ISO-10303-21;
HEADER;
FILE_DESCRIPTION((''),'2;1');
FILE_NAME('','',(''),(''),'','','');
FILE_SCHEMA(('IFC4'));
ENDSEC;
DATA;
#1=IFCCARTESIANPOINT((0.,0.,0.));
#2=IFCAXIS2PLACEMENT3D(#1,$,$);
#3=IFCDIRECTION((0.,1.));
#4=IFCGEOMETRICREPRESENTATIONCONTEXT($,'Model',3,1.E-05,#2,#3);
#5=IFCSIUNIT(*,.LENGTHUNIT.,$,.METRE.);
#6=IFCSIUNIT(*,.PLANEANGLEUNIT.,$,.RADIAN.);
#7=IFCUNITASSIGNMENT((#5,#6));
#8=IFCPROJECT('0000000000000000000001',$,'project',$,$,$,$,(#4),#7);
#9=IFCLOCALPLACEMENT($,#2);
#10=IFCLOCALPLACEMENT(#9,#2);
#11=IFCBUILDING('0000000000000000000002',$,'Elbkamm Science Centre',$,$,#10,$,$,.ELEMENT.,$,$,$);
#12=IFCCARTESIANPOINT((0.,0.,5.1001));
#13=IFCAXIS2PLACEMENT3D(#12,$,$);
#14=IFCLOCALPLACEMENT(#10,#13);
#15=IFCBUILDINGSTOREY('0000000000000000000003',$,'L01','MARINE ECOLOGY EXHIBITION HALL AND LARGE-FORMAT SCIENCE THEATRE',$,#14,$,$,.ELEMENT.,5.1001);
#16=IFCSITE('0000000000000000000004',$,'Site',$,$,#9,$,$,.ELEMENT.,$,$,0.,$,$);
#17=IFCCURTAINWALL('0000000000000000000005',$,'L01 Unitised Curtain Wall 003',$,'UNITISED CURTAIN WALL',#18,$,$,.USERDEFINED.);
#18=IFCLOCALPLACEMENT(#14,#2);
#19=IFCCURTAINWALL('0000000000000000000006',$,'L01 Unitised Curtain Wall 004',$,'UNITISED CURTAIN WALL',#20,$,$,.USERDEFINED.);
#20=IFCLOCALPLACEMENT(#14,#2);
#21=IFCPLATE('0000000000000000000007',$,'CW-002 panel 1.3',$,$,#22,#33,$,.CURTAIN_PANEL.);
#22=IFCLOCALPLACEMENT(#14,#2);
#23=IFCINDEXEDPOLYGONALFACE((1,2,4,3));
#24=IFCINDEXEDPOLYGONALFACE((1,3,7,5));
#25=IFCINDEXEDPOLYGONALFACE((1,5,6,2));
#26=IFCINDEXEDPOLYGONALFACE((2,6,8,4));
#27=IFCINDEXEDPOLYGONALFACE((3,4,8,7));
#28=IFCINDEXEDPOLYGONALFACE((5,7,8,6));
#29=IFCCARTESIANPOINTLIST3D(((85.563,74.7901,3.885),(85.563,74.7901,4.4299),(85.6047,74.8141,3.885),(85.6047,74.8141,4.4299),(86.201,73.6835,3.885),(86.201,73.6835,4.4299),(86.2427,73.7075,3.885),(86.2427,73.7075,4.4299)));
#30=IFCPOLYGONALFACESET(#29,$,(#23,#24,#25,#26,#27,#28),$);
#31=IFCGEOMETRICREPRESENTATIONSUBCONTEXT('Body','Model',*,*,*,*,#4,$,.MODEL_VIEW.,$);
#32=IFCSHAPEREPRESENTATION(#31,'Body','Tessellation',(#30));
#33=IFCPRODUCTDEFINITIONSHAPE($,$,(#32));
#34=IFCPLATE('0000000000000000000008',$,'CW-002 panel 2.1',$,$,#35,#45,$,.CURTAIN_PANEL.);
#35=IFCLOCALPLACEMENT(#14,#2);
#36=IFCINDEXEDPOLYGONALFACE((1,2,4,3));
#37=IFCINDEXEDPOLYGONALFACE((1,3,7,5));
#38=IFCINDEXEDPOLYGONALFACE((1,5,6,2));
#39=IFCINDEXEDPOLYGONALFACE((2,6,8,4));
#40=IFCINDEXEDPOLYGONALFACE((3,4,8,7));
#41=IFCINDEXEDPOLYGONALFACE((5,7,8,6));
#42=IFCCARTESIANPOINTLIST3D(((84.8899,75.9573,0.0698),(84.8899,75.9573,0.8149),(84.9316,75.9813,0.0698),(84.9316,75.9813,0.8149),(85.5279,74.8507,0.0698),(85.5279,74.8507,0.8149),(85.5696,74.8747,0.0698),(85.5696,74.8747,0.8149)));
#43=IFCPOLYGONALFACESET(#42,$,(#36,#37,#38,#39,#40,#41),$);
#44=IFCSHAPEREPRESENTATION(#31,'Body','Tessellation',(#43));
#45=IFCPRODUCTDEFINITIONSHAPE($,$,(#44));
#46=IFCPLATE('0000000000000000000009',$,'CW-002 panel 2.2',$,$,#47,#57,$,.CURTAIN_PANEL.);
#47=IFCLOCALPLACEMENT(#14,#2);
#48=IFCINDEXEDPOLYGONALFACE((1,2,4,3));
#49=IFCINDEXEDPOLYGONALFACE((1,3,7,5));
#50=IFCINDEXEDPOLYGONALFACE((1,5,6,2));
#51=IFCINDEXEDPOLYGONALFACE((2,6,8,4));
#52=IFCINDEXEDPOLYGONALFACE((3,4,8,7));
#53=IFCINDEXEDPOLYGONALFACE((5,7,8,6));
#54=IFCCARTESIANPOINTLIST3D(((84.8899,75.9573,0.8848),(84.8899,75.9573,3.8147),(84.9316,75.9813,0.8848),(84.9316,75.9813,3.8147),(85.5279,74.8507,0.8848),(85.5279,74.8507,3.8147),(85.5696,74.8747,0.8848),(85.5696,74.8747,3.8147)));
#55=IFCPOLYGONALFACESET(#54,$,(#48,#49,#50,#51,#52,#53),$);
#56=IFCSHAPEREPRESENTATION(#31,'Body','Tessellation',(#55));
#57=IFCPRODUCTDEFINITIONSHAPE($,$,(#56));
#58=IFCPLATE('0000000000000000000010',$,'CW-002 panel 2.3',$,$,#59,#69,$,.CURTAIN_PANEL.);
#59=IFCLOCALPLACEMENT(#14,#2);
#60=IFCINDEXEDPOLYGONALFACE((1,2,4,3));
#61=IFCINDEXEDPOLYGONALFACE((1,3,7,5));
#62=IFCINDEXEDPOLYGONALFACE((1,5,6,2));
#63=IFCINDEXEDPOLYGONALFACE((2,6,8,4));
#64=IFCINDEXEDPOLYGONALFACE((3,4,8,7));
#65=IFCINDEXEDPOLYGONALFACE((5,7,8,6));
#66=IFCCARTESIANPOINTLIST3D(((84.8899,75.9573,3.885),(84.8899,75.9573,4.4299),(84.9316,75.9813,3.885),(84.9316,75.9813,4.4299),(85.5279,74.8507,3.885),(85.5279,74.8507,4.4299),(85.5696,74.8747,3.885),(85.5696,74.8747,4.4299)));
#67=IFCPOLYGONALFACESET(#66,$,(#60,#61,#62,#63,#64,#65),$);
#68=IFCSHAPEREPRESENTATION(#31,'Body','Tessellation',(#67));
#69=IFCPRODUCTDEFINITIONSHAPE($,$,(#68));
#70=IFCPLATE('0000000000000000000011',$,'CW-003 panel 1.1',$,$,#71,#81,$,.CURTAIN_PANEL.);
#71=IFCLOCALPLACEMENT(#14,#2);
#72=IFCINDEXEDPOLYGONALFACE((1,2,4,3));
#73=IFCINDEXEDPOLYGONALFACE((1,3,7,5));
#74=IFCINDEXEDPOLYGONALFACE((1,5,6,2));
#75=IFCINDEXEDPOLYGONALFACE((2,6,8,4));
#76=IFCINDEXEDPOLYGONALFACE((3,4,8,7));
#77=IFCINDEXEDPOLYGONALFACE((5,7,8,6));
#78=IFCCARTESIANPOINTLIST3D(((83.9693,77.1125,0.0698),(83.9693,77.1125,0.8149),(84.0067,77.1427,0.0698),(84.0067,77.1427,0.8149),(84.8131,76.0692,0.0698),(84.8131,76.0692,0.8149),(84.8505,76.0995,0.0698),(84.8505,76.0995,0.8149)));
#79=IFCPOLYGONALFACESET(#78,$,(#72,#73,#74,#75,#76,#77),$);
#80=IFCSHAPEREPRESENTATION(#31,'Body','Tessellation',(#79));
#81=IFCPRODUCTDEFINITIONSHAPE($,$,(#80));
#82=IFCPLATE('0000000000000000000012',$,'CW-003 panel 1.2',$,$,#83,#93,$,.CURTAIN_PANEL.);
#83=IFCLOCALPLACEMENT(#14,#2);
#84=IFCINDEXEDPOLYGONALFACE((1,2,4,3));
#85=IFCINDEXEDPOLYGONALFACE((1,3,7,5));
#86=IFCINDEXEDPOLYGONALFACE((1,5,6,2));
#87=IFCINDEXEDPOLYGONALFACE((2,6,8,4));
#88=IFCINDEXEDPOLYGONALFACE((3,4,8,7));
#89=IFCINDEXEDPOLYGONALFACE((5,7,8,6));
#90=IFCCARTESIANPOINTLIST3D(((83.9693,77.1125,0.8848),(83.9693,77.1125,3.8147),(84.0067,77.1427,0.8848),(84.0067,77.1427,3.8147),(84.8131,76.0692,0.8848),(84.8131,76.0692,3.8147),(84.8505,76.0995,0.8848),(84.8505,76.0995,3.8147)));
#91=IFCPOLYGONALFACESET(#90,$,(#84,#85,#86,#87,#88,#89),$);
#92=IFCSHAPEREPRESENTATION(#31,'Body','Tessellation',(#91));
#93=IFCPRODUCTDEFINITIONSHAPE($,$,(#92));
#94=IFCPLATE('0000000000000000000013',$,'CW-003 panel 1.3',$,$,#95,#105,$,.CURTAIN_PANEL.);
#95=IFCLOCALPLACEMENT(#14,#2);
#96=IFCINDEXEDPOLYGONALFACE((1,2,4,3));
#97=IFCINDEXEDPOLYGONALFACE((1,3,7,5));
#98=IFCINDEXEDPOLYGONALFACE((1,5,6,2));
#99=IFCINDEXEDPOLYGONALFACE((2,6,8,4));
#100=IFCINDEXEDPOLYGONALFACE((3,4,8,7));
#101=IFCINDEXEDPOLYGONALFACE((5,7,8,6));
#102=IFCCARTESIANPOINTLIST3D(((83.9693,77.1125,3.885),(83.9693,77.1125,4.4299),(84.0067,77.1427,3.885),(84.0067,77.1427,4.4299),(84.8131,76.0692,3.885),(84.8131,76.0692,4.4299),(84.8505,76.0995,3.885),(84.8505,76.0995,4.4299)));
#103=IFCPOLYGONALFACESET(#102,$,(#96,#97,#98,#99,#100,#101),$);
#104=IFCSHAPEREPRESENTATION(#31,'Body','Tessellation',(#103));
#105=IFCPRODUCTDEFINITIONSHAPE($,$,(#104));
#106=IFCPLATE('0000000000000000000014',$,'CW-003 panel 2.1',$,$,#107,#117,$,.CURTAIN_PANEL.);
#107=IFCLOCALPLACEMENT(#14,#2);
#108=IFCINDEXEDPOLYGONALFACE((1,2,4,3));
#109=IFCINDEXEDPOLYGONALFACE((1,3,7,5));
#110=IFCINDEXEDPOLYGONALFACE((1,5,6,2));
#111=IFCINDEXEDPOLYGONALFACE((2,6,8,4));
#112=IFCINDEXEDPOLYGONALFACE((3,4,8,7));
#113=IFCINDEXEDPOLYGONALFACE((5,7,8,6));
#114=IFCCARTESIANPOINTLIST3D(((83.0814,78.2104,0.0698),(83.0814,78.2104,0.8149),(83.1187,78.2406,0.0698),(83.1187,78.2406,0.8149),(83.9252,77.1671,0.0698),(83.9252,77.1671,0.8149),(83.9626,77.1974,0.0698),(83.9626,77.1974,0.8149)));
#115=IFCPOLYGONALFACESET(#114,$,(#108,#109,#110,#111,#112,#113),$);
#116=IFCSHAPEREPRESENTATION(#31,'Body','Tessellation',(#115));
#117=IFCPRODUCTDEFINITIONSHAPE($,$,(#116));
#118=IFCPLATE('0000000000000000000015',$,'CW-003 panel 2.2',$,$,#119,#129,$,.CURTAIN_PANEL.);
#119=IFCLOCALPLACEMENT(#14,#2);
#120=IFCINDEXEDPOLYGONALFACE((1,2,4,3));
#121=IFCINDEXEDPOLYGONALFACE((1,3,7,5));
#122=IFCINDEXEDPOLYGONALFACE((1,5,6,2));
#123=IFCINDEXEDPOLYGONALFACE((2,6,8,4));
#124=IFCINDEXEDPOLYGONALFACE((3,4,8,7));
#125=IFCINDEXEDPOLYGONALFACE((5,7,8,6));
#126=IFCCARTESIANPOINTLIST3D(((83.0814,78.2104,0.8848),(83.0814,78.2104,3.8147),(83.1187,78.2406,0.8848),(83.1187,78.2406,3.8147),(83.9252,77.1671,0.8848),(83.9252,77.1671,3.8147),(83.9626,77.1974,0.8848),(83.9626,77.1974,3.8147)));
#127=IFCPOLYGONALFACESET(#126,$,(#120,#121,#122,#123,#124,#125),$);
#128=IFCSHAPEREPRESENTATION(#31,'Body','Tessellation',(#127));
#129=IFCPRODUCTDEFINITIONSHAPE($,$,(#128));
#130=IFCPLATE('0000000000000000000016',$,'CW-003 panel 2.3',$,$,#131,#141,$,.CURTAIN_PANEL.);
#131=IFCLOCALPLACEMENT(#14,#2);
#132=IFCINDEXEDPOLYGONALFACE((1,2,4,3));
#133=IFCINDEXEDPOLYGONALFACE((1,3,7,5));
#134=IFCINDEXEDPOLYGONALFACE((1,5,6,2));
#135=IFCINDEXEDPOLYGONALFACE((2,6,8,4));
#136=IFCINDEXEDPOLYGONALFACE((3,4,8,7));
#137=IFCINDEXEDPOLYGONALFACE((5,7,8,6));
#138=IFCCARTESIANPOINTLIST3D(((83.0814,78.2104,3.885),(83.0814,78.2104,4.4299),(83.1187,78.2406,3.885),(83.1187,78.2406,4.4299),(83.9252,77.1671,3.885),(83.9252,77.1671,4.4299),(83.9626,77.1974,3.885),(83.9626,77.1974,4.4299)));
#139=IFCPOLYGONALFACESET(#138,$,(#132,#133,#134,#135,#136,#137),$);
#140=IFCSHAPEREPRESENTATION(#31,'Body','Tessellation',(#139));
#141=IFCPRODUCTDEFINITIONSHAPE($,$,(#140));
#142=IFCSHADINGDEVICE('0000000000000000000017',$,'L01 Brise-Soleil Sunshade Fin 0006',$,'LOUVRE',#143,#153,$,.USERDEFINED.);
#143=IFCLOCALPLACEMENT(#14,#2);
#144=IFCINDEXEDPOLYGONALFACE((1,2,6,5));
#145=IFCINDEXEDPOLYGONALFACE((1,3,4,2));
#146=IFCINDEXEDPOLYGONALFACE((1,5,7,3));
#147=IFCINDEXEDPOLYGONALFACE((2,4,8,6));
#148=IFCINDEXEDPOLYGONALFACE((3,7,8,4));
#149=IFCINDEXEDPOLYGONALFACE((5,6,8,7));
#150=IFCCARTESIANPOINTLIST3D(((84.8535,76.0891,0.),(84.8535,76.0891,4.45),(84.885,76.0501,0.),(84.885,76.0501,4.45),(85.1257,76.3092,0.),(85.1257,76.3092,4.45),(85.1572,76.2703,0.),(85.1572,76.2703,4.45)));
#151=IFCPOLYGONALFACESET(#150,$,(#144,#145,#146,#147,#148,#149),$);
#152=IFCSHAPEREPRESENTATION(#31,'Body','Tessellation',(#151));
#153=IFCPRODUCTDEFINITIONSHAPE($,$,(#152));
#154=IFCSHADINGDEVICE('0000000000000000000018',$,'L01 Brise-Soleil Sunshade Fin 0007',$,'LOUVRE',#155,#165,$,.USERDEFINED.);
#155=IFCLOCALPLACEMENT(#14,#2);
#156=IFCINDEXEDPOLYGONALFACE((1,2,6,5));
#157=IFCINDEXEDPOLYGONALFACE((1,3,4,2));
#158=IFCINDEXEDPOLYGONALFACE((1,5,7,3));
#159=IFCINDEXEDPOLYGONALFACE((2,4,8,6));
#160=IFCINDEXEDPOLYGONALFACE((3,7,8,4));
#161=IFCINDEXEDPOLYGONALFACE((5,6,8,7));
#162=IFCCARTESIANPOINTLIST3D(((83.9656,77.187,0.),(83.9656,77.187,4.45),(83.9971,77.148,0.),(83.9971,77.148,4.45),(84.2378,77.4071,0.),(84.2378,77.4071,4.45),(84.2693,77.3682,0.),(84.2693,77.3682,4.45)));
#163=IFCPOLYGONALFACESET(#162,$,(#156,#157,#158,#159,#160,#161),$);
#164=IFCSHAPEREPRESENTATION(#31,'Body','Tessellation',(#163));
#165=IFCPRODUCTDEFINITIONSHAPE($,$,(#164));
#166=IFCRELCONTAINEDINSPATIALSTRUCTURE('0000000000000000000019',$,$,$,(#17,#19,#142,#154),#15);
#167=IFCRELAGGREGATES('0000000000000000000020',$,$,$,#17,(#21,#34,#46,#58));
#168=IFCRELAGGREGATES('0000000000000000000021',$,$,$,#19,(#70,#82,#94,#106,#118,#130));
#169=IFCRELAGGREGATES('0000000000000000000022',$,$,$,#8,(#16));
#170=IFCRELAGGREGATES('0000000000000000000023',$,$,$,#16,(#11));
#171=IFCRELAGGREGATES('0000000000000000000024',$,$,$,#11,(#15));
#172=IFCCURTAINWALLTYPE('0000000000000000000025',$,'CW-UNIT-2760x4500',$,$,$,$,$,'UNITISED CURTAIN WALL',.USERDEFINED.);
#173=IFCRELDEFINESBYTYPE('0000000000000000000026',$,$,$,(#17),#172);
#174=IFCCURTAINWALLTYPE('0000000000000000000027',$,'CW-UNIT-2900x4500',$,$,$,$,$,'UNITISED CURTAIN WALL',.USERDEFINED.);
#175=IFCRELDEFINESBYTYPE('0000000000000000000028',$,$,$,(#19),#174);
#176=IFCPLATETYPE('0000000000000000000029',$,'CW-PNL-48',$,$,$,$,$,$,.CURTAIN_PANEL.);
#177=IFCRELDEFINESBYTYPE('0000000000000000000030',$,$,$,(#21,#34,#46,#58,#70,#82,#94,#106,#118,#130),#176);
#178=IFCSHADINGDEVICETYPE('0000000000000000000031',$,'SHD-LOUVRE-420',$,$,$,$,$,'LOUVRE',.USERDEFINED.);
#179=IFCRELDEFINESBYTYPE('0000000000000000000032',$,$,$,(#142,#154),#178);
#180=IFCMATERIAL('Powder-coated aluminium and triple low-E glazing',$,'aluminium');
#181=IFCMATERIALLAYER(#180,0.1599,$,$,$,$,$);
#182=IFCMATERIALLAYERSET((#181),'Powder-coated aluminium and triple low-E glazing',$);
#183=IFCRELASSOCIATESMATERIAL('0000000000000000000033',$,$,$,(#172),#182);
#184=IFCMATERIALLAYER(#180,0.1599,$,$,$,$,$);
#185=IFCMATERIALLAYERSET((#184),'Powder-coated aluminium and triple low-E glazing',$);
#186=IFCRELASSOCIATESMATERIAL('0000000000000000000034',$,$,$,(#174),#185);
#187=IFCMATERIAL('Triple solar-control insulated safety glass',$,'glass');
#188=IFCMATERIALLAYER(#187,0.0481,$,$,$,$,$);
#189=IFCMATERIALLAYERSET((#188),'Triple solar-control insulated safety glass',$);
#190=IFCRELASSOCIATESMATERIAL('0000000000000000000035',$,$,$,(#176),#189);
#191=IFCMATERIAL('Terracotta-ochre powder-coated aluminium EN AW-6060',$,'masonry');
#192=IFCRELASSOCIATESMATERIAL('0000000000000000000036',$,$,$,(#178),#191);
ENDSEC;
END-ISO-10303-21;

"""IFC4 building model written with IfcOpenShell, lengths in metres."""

from ifc_helpers import new_model, si_unit, direction, frame, origin, origin_2d, place, context, subcontext, project, spatial, rectangle, extrude, material, layer, layer_set, type_object, element, aggregate, save


model = new_model("IFC4")

# Units and contexts
model_context = context("Model", 3, precision=1e-05, world=origin(), true_north=direction((0.0, 1.0)))
body_context = subcontext(model_context, "Body", "Model", "MODEL_VIEW")
ifc_project = project(units=[si_unit("LENGTHUNIT", "METRE"), si_unit("PLANEANGLEUNIT", "RADIAN")], contexts=[model_context])

# Site, building, storey
site_placement = place(None, origin())
site = spatial("IfcSite", under=ifc_project, at=site_placement, Name="Site", CompositionType="ELEMENT", RefElevation=0.0)
building_placement = place(site_placement, origin())
building = spatial("IfcBuilding", under=site, at=building_placement, Name="Elbkamm Science Centre", CompositionType="ELEMENT")
storey_placement = place(building_placement, frame((0.0, 0.0, 5.1001)))
storey = spatial("IfcBuildingStorey", under=building, at=storey_placement, Name="L01", Description="MARINE ECOLOGY EXHIBITION HALL AND LARGE-FORMAT SCIENCE THEATRE", CompositionType="ELEMENT", Elevation=5.1001)

# Curtain walls
ifc_material_1 = material(Name="Powder-coated aluminium and triple low-E glazing", Category="aluminium")
ifc_layer_1 = layer(ifc_material_1, 0.1599)
ifc_layer_set_1 = layer_set([ifc_layer_1], Name="Powder-coated aluminium and triple low-E glazing")
curtain_wall_type_1 = type_object("IfcCurtainWallType", Name="CW-UNIT-2760x4500", ElementType="UNITISED CURTAIN WALL", PredefinedType="USERDEFINED", material=ifc_layer_set_1)
curtain_wall_1_placement = place(storey_placement, origin())
curtain_wall_1 = element("IfcCurtainWall", 1, at=curtain_wall_1_placement, inside=storey, type_object=curtain_wall_type_1, Name="L01 Unitised Curtain Wall 003", ObjectType="UNITISED CURTAIN WALL", PredefinedType="USERDEFINED")
ifc_layer_2 = layer(ifc_material_1, 0.1599)
ifc_layer_set_2 = layer_set([ifc_layer_2], Name="Powder-coated aluminium and triple low-E glazing")
curtain_wall_type_2 = type_object("IfcCurtainWallType", Name="CW-UNIT-2900x4500", ElementType="UNITISED CURTAIN WALL", PredefinedType="USERDEFINED", material=ifc_layer_set_2)
curtain_wall_2_placement = place(storey_placement, origin())
curtain_wall_2 = element("IfcCurtainWall", 2, at=curtain_wall_2_placement, inside=storey, type_object=curtain_wall_type_2, Name="L01 Unitised Curtain Wall 004", ObjectType="UNITISED CURTAIN WALL", PredefinedType="USERDEFINED")

# Plates
ifc_material_2 = material(Name="Triple solar-control insulated safety glass", Category="glass")
ifc_layer_3 = layer(ifc_material_2, 0.0481)
ifc_layer_set_3 = layer_set([ifc_layer_3], Name="Triple solar-control insulated safety glass")
plate_type = type_object("IfcPlateType", Name="CW-PNL-48", PredefinedType="CURTAIN_PANEL", material=ifc_layer_set_3)
plate_1_placement = place(storey_placement, frame((85.9028, 74.2488, 3.885), z_axis=(0.0, 0.0, 1.0), x_axis=(-0.499477, 0.866327, 0.0)))
plate_1 = element("IfcPlate", 3, at=plate_1_placement, type_object=plate_type, Name="CW-002 panel 1.3", PredefinedType="CURTAIN_PANEL", context=body_context, shape_type="SweptSolid", body=[
    extrude(rectangle(XDim=1.2773, YDim=0.0481, at=origin_2d()), origin(), (0.0, 0.0, 1.0), 0.5449),
])
plate_2_placement = place(storey_placement, frame((85.2297, 75.416, 0.0698), z_axis=(0.0, 0.0, 1.0), x_axis=(-0.499477, 0.866327, 0.0)))
plate_2 = element("IfcPlate", 4, at=plate_2_placement, type_object=plate_type, Name="CW-002 panel 2.1", PredefinedType="CURTAIN_PANEL", context=body_context, shape_type="SweptSolid", body=[
    extrude(rectangle(XDim=1.2773, YDim=0.0481, at=origin_2d()), origin(), (0.0, 0.0, 1.0), 0.7451),
])
plate_3_placement = place(storey_placement, frame((85.2297, 75.416, 0.8848), z_axis=(0.0, 0.0, 1.0), x_axis=(-0.499477, 0.866327, 0.0)))
plate_3 = element("IfcPlate", 5, at=plate_3_placement, type_object=plate_type, Name="CW-002 panel 2.2", PredefinedType="CURTAIN_PANEL", context=body_context, shape_type="SweptSolid", body=[
    extrude(rectangle(XDim=1.2773, YDim=0.0481, at=origin_2d()), origin(), (0.0, 0.0, 1.0), 2.9299),
])
plate_4_placement = place(storey_placement, frame((85.2297, 75.416, 3.885), z_axis=(0.0, 0.0, 1.0), x_axis=(-0.499477, 0.866327, 0.0)))
plate_4 = element("IfcPlate", 6, at=plate_4_placement, type_object=plate_type, Name="CW-002 panel 2.3", PredefinedType="CURTAIN_PANEL", context=body_context, shape_type="SweptSolid", body=[
    extrude(rectangle(XDim=1.2773, YDim=0.0481, at=origin_2d()), origin(), (0.0, 0.0, 1.0), 0.5449),
])
aggregate(curtain_wall_1, [plate_1, plate_2, plate_3, plate_4])
plate_5_placement = place(storey_placement, frame((84.4099, 76.606, 0.0698), z_axis=(0.0, 0.0, 1.0), x_axis=(-0.628892, 0.777493, 0.0)))
plate_5 = element("IfcPlate", 7, at=plate_5_placement, type_object=plate_type, Name="CW-003 panel 1.1", PredefinedType="CURTAIN_PANEL", context=body_context, shape_type="SweptSolid", body=[
    extrude(rectangle(XDim=1.3418, YDim=0.0481, at=origin_2d()), origin(), (0.0, 0.0, 1.0), 0.7451),
])
plate_6_placement = place(storey_placement, frame((84.4099, 76.606, 0.8848), z_axis=(0.0, 0.0, 1.0), x_axis=(-0.628892, 0.777493, 0.0)))
plate_6 = element("IfcPlate", 8, at=plate_6_placement, type_object=plate_type, Name="CW-003 panel 1.2", PredefinedType="CURTAIN_PANEL", context=body_context, shape_type="SweptSolid", body=[
    extrude(rectangle(XDim=1.3418, YDim=0.0481, at=origin_2d()), origin(), (0.0, 0.0, 1.0), 2.9299),
])
plate_7_placement = place(storey_placement, frame((84.4099, 76.606, 3.885), z_axis=(0.0, 0.0, 1.0), x_axis=(-0.628892, 0.777493, 0.0)))
plate_7 = element("IfcPlate", 9, at=plate_7_placement, type_object=plate_type, Name="CW-003 panel 1.3", PredefinedType="CURTAIN_PANEL", context=body_context, shape_type="SweptSolid", body=[
    extrude(rectangle(XDim=1.3418, YDim=0.0481, at=origin_2d()), origin(), (0.0, 0.0, 1.0), 0.5449),
])
plate_8_placement = place(storey_placement, frame((83.522, 77.7039, 0.0698), z_axis=(0.0, 0.0, 1.0), x_axis=(-0.628892, 0.777493, 0.0)))
plate_8 = element("IfcPlate", 10, at=plate_8_placement, type_object=plate_type, Name="CW-003 panel 2.1", PredefinedType="CURTAIN_PANEL", context=body_context, shape_type="SweptSolid", body=[
    extrude(rectangle(XDim=1.3418, YDim=0.0481, at=origin_2d()), origin(), (0.0, 0.0, 1.0), 0.7451),
])
plate_9_placement = place(storey_placement, frame((83.522, 77.7039, 0.8848), z_axis=(0.0, 0.0, 1.0), x_axis=(-0.628892, 0.777493, 0.0)))
plate_9 = element("IfcPlate", 11, at=plate_9_placement, type_object=plate_type, Name="CW-003 panel 2.2", PredefinedType="CURTAIN_PANEL", context=body_context, shape_type="SweptSolid", body=[
    extrude(rectangle(XDim=1.3418, YDim=0.0481, at=origin_2d()), origin(), (0.0, 0.0, 1.0), 2.9299),
])
plate_10_placement = place(storey_placement, frame((83.522, 77.7039, 3.885), z_axis=(0.0, 0.0, 1.0), x_axis=(-0.628892, 0.777493, 0.0)))
plate_10 = element("IfcPlate", 12, at=plate_10_placement, type_object=plate_type, Name="CW-003 panel 2.3", PredefinedType="CURTAIN_PANEL", context=body_context, shape_type="SweptSolid", body=[
    extrude(rectangle(XDim=1.3418, YDim=0.0481, at=origin_2d()), origin(), (0.0, 0.0, 1.0), 0.5449),
])
aggregate(curtain_wall_2, [plate_5, plate_6, plate_7, plate_8, plate_9, plate_10])

# Shading devices
ifc_material_3 = material(Name="Terracotta-ochre powder-coated aluminium EN AW-6060", Category="masonry")
shading_device_type = type_object("IfcShadingDeviceType", Name="SHD-LOUVRE-420", ElementType="LOUVRE", PredefinedType="USERDEFINED", material=ifc_material_3)
for number, where, z_axis, x_axis, name in (
    (13, (85.0054, 76.1797, 0.0), (0.0, 0.0, 1.0), (0.777493, 0.628892, 0.0), "L01 Brise-Soleil Sunshade Fin 0006"),
    (14, (84.1174, 77.2776, 0.0), (0.0, 0.0, 1.0), (0.777493, 0.628892, 0.0), "L01 Brise-Soleil Sunshade Fin 0007"),
):
    element("IfcShadingDevice", number, at=place(storey_placement, frame(where, z_axis=z_axis, x_axis=x_axis)), inside=storey, type_object=shading_device_type, Name=name, ObjectType="LOUVRE", PredefinedType="USERDEFINED", context=body_context, shape_type="SweptSolid", body=[
        extrude(rectangle(XDim=0.3501, YDim=0.05, at=origin_2d()), origin(), (0.0, 0.0, 1.0), 4.45),
    ])

save(model, "model.ifc")
